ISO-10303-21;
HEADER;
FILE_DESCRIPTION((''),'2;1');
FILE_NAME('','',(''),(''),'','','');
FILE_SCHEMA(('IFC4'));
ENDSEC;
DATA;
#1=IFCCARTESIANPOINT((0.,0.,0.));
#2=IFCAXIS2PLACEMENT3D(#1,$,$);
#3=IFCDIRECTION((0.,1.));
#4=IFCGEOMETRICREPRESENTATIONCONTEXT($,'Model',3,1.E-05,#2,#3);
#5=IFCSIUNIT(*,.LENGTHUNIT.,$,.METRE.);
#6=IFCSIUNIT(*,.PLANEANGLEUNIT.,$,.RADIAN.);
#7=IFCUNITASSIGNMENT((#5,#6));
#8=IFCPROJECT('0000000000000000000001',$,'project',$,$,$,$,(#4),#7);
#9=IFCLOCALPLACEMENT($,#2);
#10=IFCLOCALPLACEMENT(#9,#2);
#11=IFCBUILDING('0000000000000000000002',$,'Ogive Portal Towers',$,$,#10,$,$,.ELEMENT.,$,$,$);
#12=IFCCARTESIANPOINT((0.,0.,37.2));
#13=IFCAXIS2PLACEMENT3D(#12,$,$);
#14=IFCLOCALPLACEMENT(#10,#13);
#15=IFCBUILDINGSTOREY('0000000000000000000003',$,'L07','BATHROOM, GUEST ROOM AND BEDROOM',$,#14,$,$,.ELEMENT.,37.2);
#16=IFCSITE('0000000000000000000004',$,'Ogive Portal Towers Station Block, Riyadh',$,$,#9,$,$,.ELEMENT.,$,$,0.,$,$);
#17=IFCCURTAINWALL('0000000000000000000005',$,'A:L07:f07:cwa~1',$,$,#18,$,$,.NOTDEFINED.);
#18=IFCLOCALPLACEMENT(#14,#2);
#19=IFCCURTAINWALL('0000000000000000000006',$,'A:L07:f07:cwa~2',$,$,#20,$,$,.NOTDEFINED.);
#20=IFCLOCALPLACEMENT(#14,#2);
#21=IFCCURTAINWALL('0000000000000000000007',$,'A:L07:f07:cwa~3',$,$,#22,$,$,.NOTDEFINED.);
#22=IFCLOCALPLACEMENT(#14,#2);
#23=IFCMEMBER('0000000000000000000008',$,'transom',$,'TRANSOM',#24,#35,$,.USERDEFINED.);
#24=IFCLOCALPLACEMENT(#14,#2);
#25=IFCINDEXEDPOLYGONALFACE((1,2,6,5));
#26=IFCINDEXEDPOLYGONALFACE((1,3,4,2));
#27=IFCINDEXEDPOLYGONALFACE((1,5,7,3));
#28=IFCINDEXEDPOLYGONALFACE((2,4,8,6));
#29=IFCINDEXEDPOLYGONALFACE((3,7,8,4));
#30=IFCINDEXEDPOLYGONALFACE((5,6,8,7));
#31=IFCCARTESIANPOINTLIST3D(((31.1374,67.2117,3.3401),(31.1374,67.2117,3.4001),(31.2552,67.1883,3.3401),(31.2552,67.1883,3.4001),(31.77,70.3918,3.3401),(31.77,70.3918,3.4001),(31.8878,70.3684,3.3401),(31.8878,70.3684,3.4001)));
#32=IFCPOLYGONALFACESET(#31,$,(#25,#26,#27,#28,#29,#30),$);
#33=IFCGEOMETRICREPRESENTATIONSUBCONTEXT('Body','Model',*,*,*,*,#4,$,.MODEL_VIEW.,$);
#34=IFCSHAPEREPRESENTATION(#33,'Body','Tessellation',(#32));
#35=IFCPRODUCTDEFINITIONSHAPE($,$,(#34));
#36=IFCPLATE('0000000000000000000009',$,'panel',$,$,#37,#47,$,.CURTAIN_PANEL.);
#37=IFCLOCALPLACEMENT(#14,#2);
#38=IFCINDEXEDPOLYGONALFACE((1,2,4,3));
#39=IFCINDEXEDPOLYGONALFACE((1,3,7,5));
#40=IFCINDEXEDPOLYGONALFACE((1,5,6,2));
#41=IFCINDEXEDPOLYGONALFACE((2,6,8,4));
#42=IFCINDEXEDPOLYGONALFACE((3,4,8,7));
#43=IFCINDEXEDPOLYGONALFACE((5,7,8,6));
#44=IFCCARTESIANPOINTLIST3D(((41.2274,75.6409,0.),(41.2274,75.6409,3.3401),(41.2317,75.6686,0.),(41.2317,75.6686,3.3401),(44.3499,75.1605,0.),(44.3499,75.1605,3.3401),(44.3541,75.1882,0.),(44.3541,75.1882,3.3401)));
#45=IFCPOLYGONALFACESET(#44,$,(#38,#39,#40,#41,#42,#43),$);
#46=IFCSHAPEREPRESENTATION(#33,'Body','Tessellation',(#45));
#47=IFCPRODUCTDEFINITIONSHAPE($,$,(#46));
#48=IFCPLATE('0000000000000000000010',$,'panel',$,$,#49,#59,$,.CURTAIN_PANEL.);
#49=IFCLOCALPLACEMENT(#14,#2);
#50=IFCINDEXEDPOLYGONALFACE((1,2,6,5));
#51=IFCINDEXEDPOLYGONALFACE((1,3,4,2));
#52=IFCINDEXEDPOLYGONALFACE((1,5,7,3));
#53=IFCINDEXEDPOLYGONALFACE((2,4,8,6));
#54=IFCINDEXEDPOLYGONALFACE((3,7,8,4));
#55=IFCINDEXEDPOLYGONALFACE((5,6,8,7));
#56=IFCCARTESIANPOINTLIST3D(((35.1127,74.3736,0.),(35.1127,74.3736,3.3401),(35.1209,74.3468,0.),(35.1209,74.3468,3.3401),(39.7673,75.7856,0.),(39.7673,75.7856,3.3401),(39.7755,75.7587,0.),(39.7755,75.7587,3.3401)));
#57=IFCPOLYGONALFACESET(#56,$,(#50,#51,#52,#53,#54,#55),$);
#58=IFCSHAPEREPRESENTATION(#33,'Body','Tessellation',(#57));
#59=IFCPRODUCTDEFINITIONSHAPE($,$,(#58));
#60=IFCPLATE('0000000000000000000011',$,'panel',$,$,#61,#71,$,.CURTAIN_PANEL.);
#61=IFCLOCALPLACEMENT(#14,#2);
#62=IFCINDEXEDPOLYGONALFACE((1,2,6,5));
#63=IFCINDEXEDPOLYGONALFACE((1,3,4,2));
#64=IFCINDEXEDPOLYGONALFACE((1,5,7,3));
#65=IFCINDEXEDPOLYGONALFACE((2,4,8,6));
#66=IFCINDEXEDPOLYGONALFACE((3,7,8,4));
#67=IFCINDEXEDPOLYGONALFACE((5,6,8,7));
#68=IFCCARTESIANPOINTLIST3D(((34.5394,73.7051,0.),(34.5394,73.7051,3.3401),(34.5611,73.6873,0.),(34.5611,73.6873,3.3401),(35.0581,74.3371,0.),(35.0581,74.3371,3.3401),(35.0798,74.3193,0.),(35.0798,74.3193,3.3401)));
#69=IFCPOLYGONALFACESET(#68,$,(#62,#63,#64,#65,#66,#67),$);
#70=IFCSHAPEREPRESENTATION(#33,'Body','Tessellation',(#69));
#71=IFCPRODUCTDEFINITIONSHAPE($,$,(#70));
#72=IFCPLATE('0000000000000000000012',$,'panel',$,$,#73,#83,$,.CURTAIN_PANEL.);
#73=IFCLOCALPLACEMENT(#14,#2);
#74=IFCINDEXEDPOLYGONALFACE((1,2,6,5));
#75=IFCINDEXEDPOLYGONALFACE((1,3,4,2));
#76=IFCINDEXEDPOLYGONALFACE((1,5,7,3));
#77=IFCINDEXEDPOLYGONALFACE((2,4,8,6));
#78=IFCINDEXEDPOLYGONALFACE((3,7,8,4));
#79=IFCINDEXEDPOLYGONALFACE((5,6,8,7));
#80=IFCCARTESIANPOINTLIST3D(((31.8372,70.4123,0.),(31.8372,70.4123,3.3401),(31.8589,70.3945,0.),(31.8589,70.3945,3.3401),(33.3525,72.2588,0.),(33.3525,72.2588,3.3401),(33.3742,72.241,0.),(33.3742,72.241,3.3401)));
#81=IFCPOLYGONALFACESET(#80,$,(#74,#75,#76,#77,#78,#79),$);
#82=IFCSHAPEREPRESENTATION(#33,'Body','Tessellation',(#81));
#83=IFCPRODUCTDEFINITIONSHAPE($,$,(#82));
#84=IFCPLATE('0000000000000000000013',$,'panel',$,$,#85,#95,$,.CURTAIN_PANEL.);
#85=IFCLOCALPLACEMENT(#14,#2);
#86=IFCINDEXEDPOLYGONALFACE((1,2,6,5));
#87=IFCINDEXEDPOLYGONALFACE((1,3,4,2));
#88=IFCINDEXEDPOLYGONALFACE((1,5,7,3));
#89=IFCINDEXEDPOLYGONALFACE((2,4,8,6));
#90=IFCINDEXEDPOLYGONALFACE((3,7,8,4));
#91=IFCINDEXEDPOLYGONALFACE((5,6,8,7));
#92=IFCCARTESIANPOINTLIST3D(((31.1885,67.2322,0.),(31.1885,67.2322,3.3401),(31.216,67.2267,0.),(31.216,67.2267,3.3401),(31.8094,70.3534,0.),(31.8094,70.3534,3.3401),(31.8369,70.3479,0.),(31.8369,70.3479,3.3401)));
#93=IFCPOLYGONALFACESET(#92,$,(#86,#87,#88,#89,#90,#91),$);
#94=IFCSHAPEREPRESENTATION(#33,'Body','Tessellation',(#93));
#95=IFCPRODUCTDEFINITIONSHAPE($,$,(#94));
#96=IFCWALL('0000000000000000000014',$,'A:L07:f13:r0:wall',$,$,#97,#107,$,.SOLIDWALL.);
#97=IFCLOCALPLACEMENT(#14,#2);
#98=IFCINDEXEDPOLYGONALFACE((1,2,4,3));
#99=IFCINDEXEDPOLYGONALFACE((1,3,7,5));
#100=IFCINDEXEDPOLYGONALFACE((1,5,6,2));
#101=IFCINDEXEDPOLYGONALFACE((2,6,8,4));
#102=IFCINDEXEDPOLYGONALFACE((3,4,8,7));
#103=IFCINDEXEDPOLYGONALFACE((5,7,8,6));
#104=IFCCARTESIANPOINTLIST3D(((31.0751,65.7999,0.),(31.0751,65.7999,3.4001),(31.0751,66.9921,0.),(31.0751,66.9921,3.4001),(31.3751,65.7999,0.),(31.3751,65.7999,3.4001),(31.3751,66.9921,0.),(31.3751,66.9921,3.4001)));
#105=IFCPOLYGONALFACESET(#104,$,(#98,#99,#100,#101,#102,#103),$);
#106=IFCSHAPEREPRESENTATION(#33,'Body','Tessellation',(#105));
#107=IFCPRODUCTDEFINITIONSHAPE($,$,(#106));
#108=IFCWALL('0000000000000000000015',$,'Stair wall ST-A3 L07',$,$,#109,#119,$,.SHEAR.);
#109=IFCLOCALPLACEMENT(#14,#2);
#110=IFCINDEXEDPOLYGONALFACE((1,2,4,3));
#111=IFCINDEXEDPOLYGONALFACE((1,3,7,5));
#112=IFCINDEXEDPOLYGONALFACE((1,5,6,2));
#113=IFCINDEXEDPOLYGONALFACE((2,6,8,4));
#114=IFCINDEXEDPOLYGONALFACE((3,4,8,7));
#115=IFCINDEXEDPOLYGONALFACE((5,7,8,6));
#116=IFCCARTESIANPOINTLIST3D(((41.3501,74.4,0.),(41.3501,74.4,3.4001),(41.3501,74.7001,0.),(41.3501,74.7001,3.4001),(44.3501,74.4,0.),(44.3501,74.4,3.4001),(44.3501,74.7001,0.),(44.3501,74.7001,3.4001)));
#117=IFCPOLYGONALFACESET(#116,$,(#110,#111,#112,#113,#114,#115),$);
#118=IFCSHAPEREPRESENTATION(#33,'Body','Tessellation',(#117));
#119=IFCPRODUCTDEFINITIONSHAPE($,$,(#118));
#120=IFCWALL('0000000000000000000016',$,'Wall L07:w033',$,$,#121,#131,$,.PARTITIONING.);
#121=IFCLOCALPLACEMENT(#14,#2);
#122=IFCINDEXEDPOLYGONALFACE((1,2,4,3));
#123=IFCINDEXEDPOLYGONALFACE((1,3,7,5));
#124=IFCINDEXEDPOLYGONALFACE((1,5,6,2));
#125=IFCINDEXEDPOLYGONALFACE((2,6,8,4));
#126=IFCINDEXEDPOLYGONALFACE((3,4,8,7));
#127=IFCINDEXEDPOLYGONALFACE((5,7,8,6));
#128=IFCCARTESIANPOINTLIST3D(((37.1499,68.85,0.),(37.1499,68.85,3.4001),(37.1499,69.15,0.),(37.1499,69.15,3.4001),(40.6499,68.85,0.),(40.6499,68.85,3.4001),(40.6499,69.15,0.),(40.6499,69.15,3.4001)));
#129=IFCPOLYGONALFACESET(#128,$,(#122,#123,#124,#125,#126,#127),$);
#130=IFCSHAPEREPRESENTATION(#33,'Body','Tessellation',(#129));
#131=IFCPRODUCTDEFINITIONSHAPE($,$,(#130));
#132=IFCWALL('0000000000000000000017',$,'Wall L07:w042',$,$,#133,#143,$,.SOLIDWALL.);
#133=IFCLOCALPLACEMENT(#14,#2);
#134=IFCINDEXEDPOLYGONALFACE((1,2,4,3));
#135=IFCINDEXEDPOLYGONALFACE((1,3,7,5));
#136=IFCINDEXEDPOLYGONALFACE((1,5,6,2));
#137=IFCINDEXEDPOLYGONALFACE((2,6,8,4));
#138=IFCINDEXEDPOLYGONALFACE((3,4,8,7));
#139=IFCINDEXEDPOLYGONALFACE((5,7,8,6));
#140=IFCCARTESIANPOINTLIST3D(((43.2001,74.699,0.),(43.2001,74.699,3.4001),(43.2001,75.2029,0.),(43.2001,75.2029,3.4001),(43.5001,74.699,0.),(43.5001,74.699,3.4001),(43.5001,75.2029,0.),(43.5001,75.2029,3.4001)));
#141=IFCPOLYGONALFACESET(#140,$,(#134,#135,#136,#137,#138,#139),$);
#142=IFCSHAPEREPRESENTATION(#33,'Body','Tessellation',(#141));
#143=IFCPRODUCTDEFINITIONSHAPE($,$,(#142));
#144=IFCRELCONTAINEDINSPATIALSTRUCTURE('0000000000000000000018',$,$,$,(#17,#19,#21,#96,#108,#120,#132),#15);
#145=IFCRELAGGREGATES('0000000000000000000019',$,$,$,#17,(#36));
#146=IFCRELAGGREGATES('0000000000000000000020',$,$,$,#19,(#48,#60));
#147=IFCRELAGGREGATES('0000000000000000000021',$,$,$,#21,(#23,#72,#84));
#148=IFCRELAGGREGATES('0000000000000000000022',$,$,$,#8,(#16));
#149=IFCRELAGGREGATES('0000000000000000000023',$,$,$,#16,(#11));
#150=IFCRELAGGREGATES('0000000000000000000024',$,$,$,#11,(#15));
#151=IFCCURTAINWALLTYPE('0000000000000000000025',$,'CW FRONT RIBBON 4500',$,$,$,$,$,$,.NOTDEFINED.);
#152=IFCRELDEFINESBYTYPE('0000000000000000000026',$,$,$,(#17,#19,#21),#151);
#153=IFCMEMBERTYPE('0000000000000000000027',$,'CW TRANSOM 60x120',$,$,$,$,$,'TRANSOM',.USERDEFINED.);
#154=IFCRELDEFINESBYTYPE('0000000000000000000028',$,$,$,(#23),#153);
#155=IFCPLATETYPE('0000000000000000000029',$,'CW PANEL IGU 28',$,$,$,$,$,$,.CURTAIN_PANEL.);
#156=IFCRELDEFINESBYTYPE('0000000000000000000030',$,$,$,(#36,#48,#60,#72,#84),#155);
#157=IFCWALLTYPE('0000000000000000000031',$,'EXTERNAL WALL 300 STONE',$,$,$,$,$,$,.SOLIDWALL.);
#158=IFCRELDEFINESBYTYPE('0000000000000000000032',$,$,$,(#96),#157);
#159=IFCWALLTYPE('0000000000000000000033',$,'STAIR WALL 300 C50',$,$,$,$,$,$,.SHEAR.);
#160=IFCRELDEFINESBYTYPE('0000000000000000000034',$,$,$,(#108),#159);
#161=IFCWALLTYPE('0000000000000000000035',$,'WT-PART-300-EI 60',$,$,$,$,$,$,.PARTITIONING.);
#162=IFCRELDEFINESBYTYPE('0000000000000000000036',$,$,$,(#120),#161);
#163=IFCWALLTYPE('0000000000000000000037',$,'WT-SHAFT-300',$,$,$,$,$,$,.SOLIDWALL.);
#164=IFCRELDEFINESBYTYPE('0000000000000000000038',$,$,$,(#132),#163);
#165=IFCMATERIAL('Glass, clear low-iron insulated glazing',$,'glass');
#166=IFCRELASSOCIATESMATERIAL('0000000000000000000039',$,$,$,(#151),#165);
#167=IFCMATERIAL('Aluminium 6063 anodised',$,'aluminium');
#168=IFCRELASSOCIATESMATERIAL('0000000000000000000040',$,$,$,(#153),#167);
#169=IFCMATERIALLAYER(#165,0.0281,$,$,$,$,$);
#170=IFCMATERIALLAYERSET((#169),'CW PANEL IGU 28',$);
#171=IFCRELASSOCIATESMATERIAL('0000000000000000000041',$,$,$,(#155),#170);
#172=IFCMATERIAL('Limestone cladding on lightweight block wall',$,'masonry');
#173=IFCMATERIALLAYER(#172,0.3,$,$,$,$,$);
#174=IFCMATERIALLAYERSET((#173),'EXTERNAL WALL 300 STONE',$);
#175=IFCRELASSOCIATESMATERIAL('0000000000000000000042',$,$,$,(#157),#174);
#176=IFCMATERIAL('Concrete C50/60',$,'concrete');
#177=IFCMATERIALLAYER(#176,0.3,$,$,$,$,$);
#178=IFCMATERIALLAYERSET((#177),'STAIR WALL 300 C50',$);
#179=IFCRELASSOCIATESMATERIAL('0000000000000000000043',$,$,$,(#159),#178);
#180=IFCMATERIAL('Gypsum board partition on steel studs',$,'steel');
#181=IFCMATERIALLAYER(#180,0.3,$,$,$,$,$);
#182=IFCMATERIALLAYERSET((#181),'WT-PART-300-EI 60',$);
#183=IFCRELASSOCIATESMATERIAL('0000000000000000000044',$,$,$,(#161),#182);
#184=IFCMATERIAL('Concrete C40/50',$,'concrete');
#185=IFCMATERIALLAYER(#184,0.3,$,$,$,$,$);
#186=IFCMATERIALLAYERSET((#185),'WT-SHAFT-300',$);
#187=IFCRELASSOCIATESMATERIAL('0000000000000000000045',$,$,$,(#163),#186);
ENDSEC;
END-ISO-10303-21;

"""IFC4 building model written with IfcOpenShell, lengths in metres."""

from ifc_helpers import new_model, si_unit, direction, frame, frame_2d, origin, origin_2d, place, context, subcontext, project, spatial, rectangle, extrude, material, layer, layer_set, material_profile, profile_set, type_object, element, aggregate, save


model = new_model("IFC4")

# Units and contexts
model_context = context("Model", 3, precision=1e-05, world=origin(), true_north=direction((0.0, 1.0)))
body_context = subcontext(model_context, "Body", "Model", "MODEL_VIEW")
ifc_project = project(units=[si_unit("LENGTHUNIT", "METRE"), si_unit("PLANEANGLEUNIT", "RADIAN")], contexts=[model_context])

# Site, building, storey
site_placement = place(None, origin())
site = spatial("IfcSite", under=ifc_project, at=site_placement, Name="Ogive Portal Towers Station Block, Riyadh", CompositionType="ELEMENT", RefElevation=0.0)
building_placement = place(site_placement, origin())
building = spatial("IfcBuilding", under=site, at=building_placement, Name="Ogive Portal Towers", CompositionType="ELEMENT")
storey_placement = place(building_placement, frame((0.0, 0.0, 37.2)))
storey = spatial("IfcBuildingStorey", under=building, at=storey_placement, Name="L07", Description="BATHROOM, GUEST ROOM AND BEDROOM", CompositionType="ELEMENT", Elevation=37.2)

# Shared definitions
ifc_material_1 = material(Name="Concrete C40/50", Category="concrete")

# Curtain wall
ifc_material_2 = material(Name="Glass, clear low-iron insulated glazing", Category="glass")
curtain_wall_type = type_object("IfcCurtainWallType", Name="CW FRONT RIBBON 4500", PredefinedType="NOTDEFINED", material=ifc_material_2)
curtain_wall_1_placement = place(storey_placement, origin())
curtain_wall_1 = element("IfcCurtainWall", 1, at=curtain_wall_1_placement, inside=storey, type_object=curtain_wall_type, Name="A:L07:f07:cwa~1", PredefinedType="NOTDEFINED")
ifc_material_3 = material(Name="Aluminium 6063 anodised", Category="aluminium")

# Curtain walls
curtain_wall_2_placement = place(storey_placement, origin())
curtain_wall_2 = element("IfcCurtainWall", 2, at=curtain_wall_2_placement, inside=storey, type_object=curtain_wall_type, Name="A:L07:f07:cwa~2", PredefinedType="NOTDEFINED")
curtain_wall_3_placement = place(storey_placement, origin())
curtain_wall_3 = element("IfcCurtainWall", 3, at=curtain_wall_3_placement, inside=storey, type_object=curtain_wall_type, Name="A:L07:f07:cwa~3", PredefinedType="NOTDEFINED")

# Member
ifc_material_profile_1 = material_profile(ifc_material_3, rectangle(XDim=0.1201, YDim=0.0601, at=origin_2d()), Name="AL 120x60")
ifc_profile_set_1 = profile_set([ifc_material_profile_1], Name="Aluminium 6063 anodised")
member_type_1 = type_object("IfcMemberType", Name="CW TRANSOM 60x120", ElementType="TRANSOM", PredefinedType="USERDEFINED", material=ifc_profile_set_1)
member_1_placement = place(storey_placement, frame((31.8289, 70.3801, 3.3701), z_axis=(-0.195088, -0.980786, 0.0), x_axis=(0.980786, -0.195088, 0.0)))
member_1 = element("IfcMember", 4, at=member_1_placement, type_object=member_type_1, Name="transom", ObjectType="TRANSOM", PredefinedType="USERDEFINED", context=body_context, shape_type="SweptSolid", body=[
    extrude(rectangle(XDim=0.1201, YDim=0.0601, at=origin_2d()), origin(), (0.0, 0.0, 1.0), 3.2424),
])

# Plates
ifc_layer_1 = layer(ifc_material_2, 0.0281)
ifc_layer_set_1 = layer_set([ifc_layer_1], Name="CW PANEL IGU 28")
plate_type = type_object("IfcPlateType", Name="CW PANEL IGU 28", PredefinedType="CURTAIN_PANEL", material=ifc_layer_set_1)
plate_1_placement = place(storey_placement, frame((42.7908, 75.4146, 0.0), z_axis=(0.0, 0.0, 1.0), x_axis=(-0.988369, 0.152074, 0.0)))
plate_1 = element("IfcPlate", 5, at=plate_1_placement, type_object=plate_type, Name="panel", PredefinedType="CURTAIN_PANEL", context=body_context, shape_type="SweptSolid", body=[
    extrude(rectangle(XDim=3.1592, YDim=0.0281, at=origin_2d()), origin(), (0.0, 0.0, 1.0), 3.3401),
])
aggregate(curtain_wall_1, [plate_1])
plate_2_placement = place(storey_placement, frame((37.4441, 75.0662, 0.0), z_axis=(0.0, 0.0, 1.0), x_axis=(-0.95694, -0.290285, 0.0)))
plate_2 = element("IfcPlate", 6, at=plate_2_placement, type_object=plate_type, Name="panel", PredefinedType="CURTAIN_PANEL", context=body_context, shape_type="SweptSolid", body=[
    extrude(rectangle(XDim=4.864, YDim=0.0281, at=origin_2d()), origin(), (0.0, 0.0, 1.0), 3.3401),
])
plate_3_placement = place(storey_placement, frame((34.8096, 74.0122, 0.0), z_axis=(0.0, 0.0, 1.0), x_axis=(-0.634393, -0.77301, 0.0)))
plate_3 = element("IfcPlate", 7, at=plate_3_placement, type_object=plate_type, Name="panel", PredefinedType="CURTAIN_PANEL", context=body_context, shape_type="SweptSolid", body=[
    extrude(rectangle(XDim=0.8176, YDim=0.0281, at=origin_2d()), origin(), (0.0, 0.0, 1.0), 3.3401),
])
aggregate(curtain_wall_2, [plate_2, plate_3])
plate_4_placement = place(storey_placement, frame((32.6057, 71.3267, 0.0), z_axis=(0.0, 0.0, 1.0), x_axis=(-0.634393, -0.77301, 0.0)))
plate_4 = element("IfcPlate", 8, at=plate_4_placement, type_object=plate_type, Name="panel", PredefinedType="CURTAIN_PANEL", context=body_context, shape_type="SweptSolid", body=[
    extrude(rectangle(XDim=2.3887, YDim=0.0281, at=origin_2d()), origin(), (0.0, 0.0, 1.0), 3.3401),
])
plate_5_placement = place(storey_placement, frame((31.5127, 68.79, 0.0), z_axis=(0.0, 0.0, 1.0), x_axis=(-0.19509, -0.980785, 0.0)))
plate_5 = element("IfcPlate", 9, at=plate_5_placement, type_object=plate_type, Name="panel", PredefinedType="CURTAIN_PANEL", context=body_context, shape_type="SweptSolid", body=[
    extrude(rectangle(XDim=3.1824, YDim=0.0281, at=origin_2d()), origin(), (0.0, 0.0, 1.0), 3.3401),
])
aggregate(curtain_wall_3, [member_1, plate_4, plate_5])

# Walls
ifc_material_4 = material(Name="Limestone cladding on lightweight block wall", Category="masonry")
ifc_layer_2 = layer(ifc_material_4, 0.3)
ifc_layer_set_2 = layer_set([ifc_layer_2], Name="EXTERNAL WALL 300 STONE")
wall_type_1 = type_object("IfcWallType", Name="EXTERNAL WALL 300 STONE", PredefinedType="SOLIDWALL", material=ifc_layer_set_2)
wall_1_placement = place(storey_placement, frame((31.2251, 66.9922, 0.0), z_axis=(0.0, 0.0, 1.0), x_axis=(0.0, -1.0, 0.0)))
element("IfcWall", 10, at=wall_1_placement, inside=storey, type_object=wall_type_1, Name="A:L07:f13:r0:wall", PredefinedType="SOLIDWALL", context=body_context, shape_type="SweptSolid", body=[
    extrude(rectangle(XDim=1.1921, YDim=0.3, at=frame_2d((0.5962, 0.0))), origin(), (0.0, 0.0, 1.0), 3.4001),
])
ifc_material_5 = material(Name="Concrete C50/60", Category="concrete")
ifc_layer_3 = layer(ifc_material_5, 0.3)
ifc_layer_set_3 = layer_set([ifc_layer_3], Name="STAIR WALL 300 C50")
wall_type_2 = type_object("IfcWallType", Name="STAIR WALL 300 C50", PredefinedType="SHEAR", material=ifc_layer_set_3)
wall_2_placement = place(storey_placement, frame((41.3501, 74.55, 0.0), z_axis=(0.0, 0.0, 1.0), x_axis=(1.0, 0.0, 0.0)))
element("IfcWall", 11, at=wall_2_placement, inside=storey, type_object=wall_type_2, Name="Stair wall ST-A3 L07", PredefinedType="SHEAR", context=body_context, shape_type="SweptSolid", body=[
    extrude(rectangle(XDim=3.0, YDim=0.3, at=frame_2d((1.5, 0.0))), origin(), (0.0, 0.0, 1.0), 3.4001),
])
ifc_material_6 = material(Name="Gypsum board partition on steel studs", Category="steel")
ifc_layer_4 = layer(ifc_material_6, 0.3)
ifc_layer_set_4 = layer_set([ifc_layer_4], Name="WT-PART-300-EI 60")
wall_type_3 = type_object("IfcWallType", Name="WT-PART-300-EI 60", PredefinedType="PARTITIONING", material=ifc_layer_set_4)
wall_3_placement = place(storey_placement, frame((37.1499, 69.0, 0.0), z_axis=(0.0, 0.0, 1.0), x_axis=(1.0, 0.0, 0.0)))
element("IfcWall", 12, at=wall_3_placement, inside=storey, type_object=wall_type_3, Name="Wall L07:w033", PredefinedType="PARTITIONING", context=body_context, shape_type="SweptSolid", body=[
    extrude(rectangle(XDim=3.5, YDim=0.3, at=frame_2d((1.75, 0.0))), origin(), (0.0, 0.0, 1.0), 3.4001),
])
ifc_layer_5 = layer(ifc_material_1, 0.3)
ifc_layer_set_5 = layer_set([ifc_layer_5], Name="WT-SHAFT-300")
wall_type_4 = type_object("IfcWallType", Name="WT-SHAFT-300", PredefinedType="SOLIDWALL", material=ifc_layer_set_5)
wall_4_placement = place(storey_placement, frame((43.3501, 74.699, 0.0), z_axis=(0.0, 0.0, 1.0), x_axis=(0.0, 1.0, 0.0)))
element("IfcWall", 13, at=wall_4_placement, inside=storey, type_object=wall_type_4, Name="Wall L07:w042", PredefinedType="SOLIDWALL", context=body_context, shape_type="SweptSolid", body=[
    extrude(rectangle(XDim=0.5039, YDim=0.3, at=frame_2d((0.252, 0.0))), origin(), (0.0, 0.0, 1.0), 3.4001),
])

save(model, "model.ifc")
